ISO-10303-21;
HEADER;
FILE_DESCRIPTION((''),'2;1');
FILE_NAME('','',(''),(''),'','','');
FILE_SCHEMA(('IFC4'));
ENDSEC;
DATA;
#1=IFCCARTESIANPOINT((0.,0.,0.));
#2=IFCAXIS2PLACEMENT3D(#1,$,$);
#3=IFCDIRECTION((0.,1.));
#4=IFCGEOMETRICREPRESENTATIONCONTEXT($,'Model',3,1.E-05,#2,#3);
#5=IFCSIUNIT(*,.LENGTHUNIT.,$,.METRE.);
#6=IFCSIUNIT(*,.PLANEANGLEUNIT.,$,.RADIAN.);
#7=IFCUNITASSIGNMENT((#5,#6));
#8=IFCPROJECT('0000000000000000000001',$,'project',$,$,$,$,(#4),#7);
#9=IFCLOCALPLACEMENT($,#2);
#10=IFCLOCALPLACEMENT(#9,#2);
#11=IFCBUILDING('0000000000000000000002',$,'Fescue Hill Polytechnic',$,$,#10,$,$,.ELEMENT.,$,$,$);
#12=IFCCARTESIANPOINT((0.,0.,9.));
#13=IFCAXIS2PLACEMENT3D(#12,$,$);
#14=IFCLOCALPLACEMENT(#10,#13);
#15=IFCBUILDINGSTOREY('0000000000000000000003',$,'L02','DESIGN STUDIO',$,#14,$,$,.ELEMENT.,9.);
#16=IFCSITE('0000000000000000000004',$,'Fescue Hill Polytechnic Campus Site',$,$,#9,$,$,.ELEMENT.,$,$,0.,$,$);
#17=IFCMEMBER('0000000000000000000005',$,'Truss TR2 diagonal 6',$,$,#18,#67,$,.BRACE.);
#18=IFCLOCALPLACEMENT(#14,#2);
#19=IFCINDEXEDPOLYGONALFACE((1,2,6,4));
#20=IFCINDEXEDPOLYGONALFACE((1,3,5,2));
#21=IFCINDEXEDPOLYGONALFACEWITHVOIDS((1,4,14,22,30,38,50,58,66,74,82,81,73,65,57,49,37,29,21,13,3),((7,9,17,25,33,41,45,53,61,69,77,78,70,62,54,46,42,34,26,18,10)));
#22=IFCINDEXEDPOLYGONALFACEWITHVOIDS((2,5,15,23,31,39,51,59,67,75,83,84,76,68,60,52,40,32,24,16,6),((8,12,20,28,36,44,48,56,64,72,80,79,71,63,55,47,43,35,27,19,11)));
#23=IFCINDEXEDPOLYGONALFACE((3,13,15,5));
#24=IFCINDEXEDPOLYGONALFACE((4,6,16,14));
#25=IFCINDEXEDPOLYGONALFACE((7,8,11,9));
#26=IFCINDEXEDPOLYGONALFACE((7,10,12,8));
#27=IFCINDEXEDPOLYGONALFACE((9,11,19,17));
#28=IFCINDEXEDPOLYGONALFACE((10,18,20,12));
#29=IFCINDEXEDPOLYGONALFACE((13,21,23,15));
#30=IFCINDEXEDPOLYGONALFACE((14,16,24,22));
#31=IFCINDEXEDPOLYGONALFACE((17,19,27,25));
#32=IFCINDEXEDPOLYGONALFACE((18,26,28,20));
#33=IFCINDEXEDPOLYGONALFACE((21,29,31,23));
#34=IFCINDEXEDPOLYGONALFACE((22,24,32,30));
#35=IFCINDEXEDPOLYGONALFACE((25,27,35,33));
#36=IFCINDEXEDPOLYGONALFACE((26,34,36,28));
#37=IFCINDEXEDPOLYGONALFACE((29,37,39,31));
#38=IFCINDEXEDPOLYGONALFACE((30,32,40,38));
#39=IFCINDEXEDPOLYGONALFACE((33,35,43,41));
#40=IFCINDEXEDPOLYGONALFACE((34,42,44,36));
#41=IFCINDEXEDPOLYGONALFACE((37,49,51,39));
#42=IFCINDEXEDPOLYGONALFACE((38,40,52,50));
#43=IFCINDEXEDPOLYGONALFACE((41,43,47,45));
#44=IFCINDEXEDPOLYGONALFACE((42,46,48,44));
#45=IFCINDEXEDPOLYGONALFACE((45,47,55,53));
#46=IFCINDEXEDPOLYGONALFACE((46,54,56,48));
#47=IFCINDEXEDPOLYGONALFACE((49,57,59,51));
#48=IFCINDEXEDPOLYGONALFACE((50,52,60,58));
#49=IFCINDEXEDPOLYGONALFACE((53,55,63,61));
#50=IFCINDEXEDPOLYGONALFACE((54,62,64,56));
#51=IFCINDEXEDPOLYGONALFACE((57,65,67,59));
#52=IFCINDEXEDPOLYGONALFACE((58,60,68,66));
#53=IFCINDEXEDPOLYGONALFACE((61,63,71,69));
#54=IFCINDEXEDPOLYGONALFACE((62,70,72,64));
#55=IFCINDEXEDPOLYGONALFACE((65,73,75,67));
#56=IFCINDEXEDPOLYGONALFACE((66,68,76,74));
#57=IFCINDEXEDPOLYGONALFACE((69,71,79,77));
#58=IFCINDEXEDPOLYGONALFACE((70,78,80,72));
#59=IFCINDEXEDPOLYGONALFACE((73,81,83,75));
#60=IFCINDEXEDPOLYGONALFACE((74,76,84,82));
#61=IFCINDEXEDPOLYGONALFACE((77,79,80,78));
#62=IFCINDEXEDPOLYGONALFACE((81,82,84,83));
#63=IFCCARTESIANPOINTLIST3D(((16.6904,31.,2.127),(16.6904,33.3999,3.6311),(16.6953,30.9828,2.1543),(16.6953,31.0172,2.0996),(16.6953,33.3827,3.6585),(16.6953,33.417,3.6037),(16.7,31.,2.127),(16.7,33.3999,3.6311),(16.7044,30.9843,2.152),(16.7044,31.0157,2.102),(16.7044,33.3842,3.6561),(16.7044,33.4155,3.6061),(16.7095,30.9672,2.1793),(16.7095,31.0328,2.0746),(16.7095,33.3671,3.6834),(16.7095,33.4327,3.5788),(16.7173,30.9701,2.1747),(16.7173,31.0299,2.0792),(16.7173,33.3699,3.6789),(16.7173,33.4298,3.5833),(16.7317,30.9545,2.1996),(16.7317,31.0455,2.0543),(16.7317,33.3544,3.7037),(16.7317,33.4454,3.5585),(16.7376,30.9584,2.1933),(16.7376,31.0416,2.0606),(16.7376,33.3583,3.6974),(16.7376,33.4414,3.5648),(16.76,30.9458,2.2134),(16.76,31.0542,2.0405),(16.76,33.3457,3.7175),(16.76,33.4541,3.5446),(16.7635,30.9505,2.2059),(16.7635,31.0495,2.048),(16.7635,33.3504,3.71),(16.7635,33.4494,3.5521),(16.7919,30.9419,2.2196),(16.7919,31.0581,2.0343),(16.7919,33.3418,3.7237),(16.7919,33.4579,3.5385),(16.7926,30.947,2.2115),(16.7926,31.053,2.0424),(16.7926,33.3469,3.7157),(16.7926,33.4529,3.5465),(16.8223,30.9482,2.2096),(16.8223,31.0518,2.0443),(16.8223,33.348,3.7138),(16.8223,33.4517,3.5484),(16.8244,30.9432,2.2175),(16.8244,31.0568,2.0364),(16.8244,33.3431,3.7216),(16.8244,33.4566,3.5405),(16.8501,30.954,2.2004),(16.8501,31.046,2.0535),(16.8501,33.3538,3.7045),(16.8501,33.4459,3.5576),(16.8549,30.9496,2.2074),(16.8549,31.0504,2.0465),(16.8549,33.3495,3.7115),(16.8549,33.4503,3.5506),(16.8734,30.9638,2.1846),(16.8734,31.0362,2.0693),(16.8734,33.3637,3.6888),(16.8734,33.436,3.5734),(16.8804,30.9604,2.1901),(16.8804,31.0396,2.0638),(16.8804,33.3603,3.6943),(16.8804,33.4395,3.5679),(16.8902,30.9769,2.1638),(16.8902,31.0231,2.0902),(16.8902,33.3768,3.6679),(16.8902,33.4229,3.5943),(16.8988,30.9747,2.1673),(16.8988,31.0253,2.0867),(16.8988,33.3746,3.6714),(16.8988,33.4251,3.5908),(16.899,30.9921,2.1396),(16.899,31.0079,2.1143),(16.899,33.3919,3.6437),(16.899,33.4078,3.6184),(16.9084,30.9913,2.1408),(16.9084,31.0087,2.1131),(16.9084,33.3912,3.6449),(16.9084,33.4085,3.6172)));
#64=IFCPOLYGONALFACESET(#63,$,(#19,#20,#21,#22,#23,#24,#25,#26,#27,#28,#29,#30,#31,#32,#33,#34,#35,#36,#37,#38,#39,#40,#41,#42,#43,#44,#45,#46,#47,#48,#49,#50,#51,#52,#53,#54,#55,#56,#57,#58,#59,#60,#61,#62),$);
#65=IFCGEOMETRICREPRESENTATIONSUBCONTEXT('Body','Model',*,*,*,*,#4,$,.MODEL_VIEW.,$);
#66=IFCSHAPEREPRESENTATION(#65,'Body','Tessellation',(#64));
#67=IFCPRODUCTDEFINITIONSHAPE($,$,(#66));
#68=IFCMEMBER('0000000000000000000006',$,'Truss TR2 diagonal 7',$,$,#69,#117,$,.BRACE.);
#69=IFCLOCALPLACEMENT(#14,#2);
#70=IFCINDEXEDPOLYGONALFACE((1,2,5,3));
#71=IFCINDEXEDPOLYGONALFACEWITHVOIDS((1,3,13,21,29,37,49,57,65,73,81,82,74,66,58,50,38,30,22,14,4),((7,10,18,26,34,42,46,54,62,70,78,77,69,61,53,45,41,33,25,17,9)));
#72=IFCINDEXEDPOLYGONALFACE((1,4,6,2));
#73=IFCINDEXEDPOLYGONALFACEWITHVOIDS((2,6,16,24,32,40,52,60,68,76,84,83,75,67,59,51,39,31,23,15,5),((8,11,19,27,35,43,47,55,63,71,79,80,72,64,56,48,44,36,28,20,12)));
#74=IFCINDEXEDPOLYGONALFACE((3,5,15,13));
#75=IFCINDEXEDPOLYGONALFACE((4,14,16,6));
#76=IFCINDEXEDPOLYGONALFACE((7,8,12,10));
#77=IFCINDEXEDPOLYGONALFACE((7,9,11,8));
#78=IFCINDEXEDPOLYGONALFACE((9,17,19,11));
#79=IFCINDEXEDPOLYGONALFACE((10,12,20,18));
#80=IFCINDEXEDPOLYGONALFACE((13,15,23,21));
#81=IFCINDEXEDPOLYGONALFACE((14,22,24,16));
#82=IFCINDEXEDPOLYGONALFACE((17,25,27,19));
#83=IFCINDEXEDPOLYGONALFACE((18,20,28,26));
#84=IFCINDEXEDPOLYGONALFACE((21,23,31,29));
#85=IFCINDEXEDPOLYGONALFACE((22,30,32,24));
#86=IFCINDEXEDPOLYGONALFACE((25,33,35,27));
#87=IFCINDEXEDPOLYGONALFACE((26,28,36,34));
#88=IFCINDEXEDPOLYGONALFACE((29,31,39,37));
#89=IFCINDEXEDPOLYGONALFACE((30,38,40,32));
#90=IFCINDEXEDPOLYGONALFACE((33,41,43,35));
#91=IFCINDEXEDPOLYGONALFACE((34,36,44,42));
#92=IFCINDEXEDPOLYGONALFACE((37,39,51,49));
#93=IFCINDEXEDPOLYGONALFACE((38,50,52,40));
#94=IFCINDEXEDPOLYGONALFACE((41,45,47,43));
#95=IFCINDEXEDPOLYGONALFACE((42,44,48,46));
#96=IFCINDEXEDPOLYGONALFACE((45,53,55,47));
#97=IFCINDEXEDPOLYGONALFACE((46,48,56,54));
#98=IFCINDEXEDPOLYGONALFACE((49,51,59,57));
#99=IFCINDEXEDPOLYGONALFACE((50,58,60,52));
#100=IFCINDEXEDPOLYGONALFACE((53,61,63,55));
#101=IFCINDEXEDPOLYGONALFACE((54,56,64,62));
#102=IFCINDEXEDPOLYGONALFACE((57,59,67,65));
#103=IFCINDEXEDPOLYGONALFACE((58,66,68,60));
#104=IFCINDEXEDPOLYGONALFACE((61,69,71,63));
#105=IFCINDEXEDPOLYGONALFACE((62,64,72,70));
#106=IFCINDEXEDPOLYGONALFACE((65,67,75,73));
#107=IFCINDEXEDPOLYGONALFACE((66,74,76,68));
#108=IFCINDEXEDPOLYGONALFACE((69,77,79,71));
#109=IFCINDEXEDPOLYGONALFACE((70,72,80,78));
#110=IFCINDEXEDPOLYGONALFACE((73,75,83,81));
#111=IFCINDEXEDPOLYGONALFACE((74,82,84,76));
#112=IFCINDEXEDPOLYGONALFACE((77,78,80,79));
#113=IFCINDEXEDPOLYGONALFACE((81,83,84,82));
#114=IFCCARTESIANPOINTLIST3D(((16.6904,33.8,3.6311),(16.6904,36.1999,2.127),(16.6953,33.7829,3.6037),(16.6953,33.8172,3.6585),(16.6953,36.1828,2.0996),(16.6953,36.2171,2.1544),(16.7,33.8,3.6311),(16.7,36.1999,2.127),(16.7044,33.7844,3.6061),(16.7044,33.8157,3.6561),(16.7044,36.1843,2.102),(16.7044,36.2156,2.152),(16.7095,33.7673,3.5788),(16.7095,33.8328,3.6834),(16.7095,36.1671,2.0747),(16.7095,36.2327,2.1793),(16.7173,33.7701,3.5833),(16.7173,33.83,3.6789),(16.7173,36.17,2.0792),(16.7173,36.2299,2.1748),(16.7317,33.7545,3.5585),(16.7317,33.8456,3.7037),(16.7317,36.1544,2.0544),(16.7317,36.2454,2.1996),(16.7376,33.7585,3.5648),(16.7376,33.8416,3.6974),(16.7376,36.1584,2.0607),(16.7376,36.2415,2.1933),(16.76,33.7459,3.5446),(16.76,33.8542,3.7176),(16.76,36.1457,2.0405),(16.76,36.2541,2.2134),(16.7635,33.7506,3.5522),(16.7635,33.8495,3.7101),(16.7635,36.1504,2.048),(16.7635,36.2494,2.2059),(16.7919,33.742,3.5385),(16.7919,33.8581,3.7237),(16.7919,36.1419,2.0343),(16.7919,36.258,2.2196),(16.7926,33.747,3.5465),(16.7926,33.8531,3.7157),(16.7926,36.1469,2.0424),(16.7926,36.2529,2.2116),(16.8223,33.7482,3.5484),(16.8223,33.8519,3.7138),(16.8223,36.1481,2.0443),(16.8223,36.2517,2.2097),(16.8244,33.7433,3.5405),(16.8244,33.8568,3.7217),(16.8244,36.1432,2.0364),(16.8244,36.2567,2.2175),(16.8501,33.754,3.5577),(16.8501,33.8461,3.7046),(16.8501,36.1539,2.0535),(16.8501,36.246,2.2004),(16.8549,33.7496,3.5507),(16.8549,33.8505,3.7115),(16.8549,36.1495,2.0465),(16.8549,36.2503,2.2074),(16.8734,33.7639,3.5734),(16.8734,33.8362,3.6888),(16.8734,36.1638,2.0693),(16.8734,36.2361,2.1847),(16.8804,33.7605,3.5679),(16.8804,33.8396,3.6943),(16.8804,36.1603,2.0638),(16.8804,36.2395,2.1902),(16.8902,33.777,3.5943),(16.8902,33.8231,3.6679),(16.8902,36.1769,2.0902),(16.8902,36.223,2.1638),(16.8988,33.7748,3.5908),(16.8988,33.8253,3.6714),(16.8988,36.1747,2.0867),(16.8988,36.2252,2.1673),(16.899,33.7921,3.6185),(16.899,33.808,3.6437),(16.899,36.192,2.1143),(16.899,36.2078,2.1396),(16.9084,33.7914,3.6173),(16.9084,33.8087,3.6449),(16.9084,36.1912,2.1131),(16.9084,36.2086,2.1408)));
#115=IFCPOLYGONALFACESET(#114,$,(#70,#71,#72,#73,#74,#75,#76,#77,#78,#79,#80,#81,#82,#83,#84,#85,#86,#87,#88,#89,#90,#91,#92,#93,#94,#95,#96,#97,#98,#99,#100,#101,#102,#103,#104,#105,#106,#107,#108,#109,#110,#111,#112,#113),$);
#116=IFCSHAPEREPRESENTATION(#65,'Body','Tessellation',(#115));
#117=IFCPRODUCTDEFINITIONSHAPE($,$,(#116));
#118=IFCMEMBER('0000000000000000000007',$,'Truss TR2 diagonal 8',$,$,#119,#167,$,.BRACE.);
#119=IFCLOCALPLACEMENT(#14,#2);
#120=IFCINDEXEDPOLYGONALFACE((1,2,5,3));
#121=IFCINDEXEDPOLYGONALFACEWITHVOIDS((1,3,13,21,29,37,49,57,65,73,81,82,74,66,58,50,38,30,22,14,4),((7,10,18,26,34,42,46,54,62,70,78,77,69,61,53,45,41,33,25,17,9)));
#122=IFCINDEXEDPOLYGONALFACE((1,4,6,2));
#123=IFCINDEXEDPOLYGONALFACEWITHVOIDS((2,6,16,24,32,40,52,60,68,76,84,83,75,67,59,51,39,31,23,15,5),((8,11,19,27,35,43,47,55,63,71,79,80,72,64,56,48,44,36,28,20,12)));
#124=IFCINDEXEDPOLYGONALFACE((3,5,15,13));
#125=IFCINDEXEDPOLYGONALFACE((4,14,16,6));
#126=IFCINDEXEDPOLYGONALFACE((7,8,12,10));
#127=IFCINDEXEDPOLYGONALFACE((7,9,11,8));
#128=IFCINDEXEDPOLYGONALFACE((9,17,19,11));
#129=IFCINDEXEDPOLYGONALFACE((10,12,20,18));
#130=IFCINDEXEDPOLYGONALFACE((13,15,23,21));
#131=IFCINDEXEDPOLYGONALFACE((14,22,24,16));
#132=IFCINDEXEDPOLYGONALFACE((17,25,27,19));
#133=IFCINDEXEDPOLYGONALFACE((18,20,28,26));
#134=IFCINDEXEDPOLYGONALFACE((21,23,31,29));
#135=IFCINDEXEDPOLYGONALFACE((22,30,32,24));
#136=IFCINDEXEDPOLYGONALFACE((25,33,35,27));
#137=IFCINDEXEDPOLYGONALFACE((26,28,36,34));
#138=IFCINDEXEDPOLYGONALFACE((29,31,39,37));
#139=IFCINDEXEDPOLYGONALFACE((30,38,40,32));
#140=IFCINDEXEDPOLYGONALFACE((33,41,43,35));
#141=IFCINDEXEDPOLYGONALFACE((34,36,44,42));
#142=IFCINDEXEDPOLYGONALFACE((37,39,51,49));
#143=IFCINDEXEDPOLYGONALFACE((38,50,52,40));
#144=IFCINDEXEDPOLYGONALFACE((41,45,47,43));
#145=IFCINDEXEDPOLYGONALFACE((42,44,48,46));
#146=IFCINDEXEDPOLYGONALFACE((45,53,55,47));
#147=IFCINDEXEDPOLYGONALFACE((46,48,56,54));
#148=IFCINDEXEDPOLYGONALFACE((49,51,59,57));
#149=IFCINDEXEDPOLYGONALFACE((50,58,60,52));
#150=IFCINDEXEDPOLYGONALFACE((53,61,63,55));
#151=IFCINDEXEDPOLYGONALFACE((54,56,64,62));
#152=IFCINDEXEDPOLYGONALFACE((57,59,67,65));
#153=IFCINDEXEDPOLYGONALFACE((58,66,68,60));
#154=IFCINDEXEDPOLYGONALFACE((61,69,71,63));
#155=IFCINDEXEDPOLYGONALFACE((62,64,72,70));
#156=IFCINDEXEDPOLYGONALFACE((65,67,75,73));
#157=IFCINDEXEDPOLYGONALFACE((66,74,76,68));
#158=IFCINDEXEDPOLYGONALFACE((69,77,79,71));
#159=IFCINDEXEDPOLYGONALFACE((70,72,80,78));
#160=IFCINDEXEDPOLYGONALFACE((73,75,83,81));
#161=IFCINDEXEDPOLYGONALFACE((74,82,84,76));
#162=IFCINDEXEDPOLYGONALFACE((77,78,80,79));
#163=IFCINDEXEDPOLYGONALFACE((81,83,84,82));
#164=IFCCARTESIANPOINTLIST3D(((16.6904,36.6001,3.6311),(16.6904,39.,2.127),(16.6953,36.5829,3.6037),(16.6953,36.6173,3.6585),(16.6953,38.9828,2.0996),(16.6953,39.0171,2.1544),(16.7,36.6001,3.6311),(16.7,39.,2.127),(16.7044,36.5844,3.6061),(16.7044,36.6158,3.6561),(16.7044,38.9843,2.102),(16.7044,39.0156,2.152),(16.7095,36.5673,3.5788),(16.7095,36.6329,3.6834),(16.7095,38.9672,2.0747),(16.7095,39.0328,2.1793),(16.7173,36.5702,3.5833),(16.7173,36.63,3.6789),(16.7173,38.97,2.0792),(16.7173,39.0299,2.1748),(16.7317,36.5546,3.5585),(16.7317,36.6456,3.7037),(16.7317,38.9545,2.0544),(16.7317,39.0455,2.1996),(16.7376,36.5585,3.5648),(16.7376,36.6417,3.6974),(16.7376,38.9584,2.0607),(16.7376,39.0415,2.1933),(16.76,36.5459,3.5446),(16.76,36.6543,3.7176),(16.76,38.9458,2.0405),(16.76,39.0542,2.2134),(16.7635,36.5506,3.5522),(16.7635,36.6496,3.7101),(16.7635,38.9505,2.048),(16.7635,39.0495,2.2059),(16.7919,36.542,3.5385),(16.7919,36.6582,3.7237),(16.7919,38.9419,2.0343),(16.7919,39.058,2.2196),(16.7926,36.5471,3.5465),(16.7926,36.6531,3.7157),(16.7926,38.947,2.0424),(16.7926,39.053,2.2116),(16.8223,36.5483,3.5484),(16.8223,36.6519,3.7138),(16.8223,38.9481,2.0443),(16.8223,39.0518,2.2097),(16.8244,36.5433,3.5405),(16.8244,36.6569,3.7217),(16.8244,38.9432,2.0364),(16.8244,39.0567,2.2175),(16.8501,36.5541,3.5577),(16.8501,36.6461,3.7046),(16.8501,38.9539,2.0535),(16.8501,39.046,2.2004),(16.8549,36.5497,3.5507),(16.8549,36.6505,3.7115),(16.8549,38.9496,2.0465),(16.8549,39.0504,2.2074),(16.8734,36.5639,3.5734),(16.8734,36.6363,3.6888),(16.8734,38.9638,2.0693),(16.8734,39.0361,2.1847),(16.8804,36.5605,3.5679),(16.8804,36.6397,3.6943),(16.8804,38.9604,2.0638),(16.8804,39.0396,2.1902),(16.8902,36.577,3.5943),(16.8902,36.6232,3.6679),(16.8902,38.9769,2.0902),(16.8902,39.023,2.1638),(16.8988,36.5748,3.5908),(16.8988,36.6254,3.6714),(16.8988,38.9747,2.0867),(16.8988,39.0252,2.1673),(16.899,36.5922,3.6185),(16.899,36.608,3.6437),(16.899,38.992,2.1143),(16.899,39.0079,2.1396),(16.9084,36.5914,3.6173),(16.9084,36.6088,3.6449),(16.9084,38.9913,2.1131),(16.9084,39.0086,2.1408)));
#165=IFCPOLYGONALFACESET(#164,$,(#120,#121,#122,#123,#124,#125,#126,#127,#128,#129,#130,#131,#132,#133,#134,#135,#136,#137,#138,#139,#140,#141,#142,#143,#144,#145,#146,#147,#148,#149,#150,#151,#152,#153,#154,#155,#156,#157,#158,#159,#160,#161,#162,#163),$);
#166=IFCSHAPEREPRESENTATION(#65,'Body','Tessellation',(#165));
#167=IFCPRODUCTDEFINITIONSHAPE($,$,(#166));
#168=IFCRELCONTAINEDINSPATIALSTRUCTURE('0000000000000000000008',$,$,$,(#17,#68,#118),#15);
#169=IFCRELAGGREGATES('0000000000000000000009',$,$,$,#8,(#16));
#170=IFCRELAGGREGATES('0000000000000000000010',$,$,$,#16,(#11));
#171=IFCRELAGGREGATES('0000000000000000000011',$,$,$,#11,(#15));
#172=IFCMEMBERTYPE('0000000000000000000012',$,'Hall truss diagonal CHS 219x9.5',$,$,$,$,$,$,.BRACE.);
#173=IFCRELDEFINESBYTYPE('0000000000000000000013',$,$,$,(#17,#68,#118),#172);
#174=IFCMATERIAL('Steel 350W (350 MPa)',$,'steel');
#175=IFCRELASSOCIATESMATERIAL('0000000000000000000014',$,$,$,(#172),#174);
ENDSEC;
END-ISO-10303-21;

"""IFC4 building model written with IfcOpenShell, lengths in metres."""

from ifc_helpers import new_model, si_unit, direction, frame, origin, origin_2d, place, context, subcontext, project, spatial, hollow_circle, extrude, material, material_profile, profile_set, type_object, element, save


model = new_model("IFC4")

# Units and contexts
model_context = context("Model", 3, precision=1e-05, world=origin(), true_north=direction((0.0, 1.0)))
body_context = subcontext(model_context, "Body", "Model", "MODEL_VIEW")
ifc_project = project(units=[si_unit("LENGTHUNIT", "METRE"), si_unit("PLANEANGLEUNIT", "RADIAN")], contexts=[model_context])

# Site, building, storey
site_placement = place(None, origin())
site = spatial("IfcSite", under=ifc_project, at=site_placement, Name="Fescue Hill Polytechnic Campus Site", CompositionType="ELEMENT", RefElevation=0.0)
building_placement = place(site_placement, origin())
building = spatial("IfcBuilding", under=site, at=building_placement, Name="Fescue Hill Polytechnic", CompositionType="ELEMENT")
storey_placement = place(building_placement, frame((0.0, 0.0, 9.0)))
storey = spatial("IfcBuildingStorey", under=building, at=storey_placement, Name="L02", Description="DESIGN STUDIO", CompositionType="ELEMENT", Elevation=9.0)

# Members
ifc_material = material(Name="Steel 350W (350 MPa)", Category="steel")
ifc_material_profile_1 = material_profile(ifc_material, hollow_circle(Radius=0.1096, WallThickness=0.0095, at=origin_2d()), Name="Hall truss diagonal CHS 219x9.5")
ifc_profile_set_1 = profile_set([ifc_material_profile_1], Name="Steel 350W (350 MPa)")
member_type_1 = type_object("IfcMemberType", Name="Hall truss diagonal CHS 219x9.5", PredefinedType="BRACE", material=ifc_profile_set_1)
for number, where, z_axis, x_axis, name in (
    (1, (16.8, 31.0, 2.127), (0.0, 0.847329, 0.531068), (-1.0, 0.0, 0.0), "Truss TR2 diagonal 6"),
    (2, (16.8, 33.8, 3.6311), (0.0, 0.847329, -0.531068), (-1.0, 0.0, 0.0), "Truss TR2 diagonal 7"),
    (3, (16.8, 36.6001, 3.6311), (0.0, 0.847329, -0.531068), (-1.0, 0.0, 0.0), "Truss TR2 diagonal 8"),
):
    element("IfcMember", number, at=place(storey_placement, frame(where, z_axis=z_axis, x_axis=x_axis)), inside=storey, type_object=member_type_1, Name=name, PredefinedType="BRACE", context=body_context, shape_type="SweptSolid", body=[
        extrude(hollow_circle(Radius=0.1096, WallThickness=0.0095, at=origin_2d()), origin(), (0.0, 0.0, 1.0), 2.8323),
    ])

save(model, "model.ifc")
